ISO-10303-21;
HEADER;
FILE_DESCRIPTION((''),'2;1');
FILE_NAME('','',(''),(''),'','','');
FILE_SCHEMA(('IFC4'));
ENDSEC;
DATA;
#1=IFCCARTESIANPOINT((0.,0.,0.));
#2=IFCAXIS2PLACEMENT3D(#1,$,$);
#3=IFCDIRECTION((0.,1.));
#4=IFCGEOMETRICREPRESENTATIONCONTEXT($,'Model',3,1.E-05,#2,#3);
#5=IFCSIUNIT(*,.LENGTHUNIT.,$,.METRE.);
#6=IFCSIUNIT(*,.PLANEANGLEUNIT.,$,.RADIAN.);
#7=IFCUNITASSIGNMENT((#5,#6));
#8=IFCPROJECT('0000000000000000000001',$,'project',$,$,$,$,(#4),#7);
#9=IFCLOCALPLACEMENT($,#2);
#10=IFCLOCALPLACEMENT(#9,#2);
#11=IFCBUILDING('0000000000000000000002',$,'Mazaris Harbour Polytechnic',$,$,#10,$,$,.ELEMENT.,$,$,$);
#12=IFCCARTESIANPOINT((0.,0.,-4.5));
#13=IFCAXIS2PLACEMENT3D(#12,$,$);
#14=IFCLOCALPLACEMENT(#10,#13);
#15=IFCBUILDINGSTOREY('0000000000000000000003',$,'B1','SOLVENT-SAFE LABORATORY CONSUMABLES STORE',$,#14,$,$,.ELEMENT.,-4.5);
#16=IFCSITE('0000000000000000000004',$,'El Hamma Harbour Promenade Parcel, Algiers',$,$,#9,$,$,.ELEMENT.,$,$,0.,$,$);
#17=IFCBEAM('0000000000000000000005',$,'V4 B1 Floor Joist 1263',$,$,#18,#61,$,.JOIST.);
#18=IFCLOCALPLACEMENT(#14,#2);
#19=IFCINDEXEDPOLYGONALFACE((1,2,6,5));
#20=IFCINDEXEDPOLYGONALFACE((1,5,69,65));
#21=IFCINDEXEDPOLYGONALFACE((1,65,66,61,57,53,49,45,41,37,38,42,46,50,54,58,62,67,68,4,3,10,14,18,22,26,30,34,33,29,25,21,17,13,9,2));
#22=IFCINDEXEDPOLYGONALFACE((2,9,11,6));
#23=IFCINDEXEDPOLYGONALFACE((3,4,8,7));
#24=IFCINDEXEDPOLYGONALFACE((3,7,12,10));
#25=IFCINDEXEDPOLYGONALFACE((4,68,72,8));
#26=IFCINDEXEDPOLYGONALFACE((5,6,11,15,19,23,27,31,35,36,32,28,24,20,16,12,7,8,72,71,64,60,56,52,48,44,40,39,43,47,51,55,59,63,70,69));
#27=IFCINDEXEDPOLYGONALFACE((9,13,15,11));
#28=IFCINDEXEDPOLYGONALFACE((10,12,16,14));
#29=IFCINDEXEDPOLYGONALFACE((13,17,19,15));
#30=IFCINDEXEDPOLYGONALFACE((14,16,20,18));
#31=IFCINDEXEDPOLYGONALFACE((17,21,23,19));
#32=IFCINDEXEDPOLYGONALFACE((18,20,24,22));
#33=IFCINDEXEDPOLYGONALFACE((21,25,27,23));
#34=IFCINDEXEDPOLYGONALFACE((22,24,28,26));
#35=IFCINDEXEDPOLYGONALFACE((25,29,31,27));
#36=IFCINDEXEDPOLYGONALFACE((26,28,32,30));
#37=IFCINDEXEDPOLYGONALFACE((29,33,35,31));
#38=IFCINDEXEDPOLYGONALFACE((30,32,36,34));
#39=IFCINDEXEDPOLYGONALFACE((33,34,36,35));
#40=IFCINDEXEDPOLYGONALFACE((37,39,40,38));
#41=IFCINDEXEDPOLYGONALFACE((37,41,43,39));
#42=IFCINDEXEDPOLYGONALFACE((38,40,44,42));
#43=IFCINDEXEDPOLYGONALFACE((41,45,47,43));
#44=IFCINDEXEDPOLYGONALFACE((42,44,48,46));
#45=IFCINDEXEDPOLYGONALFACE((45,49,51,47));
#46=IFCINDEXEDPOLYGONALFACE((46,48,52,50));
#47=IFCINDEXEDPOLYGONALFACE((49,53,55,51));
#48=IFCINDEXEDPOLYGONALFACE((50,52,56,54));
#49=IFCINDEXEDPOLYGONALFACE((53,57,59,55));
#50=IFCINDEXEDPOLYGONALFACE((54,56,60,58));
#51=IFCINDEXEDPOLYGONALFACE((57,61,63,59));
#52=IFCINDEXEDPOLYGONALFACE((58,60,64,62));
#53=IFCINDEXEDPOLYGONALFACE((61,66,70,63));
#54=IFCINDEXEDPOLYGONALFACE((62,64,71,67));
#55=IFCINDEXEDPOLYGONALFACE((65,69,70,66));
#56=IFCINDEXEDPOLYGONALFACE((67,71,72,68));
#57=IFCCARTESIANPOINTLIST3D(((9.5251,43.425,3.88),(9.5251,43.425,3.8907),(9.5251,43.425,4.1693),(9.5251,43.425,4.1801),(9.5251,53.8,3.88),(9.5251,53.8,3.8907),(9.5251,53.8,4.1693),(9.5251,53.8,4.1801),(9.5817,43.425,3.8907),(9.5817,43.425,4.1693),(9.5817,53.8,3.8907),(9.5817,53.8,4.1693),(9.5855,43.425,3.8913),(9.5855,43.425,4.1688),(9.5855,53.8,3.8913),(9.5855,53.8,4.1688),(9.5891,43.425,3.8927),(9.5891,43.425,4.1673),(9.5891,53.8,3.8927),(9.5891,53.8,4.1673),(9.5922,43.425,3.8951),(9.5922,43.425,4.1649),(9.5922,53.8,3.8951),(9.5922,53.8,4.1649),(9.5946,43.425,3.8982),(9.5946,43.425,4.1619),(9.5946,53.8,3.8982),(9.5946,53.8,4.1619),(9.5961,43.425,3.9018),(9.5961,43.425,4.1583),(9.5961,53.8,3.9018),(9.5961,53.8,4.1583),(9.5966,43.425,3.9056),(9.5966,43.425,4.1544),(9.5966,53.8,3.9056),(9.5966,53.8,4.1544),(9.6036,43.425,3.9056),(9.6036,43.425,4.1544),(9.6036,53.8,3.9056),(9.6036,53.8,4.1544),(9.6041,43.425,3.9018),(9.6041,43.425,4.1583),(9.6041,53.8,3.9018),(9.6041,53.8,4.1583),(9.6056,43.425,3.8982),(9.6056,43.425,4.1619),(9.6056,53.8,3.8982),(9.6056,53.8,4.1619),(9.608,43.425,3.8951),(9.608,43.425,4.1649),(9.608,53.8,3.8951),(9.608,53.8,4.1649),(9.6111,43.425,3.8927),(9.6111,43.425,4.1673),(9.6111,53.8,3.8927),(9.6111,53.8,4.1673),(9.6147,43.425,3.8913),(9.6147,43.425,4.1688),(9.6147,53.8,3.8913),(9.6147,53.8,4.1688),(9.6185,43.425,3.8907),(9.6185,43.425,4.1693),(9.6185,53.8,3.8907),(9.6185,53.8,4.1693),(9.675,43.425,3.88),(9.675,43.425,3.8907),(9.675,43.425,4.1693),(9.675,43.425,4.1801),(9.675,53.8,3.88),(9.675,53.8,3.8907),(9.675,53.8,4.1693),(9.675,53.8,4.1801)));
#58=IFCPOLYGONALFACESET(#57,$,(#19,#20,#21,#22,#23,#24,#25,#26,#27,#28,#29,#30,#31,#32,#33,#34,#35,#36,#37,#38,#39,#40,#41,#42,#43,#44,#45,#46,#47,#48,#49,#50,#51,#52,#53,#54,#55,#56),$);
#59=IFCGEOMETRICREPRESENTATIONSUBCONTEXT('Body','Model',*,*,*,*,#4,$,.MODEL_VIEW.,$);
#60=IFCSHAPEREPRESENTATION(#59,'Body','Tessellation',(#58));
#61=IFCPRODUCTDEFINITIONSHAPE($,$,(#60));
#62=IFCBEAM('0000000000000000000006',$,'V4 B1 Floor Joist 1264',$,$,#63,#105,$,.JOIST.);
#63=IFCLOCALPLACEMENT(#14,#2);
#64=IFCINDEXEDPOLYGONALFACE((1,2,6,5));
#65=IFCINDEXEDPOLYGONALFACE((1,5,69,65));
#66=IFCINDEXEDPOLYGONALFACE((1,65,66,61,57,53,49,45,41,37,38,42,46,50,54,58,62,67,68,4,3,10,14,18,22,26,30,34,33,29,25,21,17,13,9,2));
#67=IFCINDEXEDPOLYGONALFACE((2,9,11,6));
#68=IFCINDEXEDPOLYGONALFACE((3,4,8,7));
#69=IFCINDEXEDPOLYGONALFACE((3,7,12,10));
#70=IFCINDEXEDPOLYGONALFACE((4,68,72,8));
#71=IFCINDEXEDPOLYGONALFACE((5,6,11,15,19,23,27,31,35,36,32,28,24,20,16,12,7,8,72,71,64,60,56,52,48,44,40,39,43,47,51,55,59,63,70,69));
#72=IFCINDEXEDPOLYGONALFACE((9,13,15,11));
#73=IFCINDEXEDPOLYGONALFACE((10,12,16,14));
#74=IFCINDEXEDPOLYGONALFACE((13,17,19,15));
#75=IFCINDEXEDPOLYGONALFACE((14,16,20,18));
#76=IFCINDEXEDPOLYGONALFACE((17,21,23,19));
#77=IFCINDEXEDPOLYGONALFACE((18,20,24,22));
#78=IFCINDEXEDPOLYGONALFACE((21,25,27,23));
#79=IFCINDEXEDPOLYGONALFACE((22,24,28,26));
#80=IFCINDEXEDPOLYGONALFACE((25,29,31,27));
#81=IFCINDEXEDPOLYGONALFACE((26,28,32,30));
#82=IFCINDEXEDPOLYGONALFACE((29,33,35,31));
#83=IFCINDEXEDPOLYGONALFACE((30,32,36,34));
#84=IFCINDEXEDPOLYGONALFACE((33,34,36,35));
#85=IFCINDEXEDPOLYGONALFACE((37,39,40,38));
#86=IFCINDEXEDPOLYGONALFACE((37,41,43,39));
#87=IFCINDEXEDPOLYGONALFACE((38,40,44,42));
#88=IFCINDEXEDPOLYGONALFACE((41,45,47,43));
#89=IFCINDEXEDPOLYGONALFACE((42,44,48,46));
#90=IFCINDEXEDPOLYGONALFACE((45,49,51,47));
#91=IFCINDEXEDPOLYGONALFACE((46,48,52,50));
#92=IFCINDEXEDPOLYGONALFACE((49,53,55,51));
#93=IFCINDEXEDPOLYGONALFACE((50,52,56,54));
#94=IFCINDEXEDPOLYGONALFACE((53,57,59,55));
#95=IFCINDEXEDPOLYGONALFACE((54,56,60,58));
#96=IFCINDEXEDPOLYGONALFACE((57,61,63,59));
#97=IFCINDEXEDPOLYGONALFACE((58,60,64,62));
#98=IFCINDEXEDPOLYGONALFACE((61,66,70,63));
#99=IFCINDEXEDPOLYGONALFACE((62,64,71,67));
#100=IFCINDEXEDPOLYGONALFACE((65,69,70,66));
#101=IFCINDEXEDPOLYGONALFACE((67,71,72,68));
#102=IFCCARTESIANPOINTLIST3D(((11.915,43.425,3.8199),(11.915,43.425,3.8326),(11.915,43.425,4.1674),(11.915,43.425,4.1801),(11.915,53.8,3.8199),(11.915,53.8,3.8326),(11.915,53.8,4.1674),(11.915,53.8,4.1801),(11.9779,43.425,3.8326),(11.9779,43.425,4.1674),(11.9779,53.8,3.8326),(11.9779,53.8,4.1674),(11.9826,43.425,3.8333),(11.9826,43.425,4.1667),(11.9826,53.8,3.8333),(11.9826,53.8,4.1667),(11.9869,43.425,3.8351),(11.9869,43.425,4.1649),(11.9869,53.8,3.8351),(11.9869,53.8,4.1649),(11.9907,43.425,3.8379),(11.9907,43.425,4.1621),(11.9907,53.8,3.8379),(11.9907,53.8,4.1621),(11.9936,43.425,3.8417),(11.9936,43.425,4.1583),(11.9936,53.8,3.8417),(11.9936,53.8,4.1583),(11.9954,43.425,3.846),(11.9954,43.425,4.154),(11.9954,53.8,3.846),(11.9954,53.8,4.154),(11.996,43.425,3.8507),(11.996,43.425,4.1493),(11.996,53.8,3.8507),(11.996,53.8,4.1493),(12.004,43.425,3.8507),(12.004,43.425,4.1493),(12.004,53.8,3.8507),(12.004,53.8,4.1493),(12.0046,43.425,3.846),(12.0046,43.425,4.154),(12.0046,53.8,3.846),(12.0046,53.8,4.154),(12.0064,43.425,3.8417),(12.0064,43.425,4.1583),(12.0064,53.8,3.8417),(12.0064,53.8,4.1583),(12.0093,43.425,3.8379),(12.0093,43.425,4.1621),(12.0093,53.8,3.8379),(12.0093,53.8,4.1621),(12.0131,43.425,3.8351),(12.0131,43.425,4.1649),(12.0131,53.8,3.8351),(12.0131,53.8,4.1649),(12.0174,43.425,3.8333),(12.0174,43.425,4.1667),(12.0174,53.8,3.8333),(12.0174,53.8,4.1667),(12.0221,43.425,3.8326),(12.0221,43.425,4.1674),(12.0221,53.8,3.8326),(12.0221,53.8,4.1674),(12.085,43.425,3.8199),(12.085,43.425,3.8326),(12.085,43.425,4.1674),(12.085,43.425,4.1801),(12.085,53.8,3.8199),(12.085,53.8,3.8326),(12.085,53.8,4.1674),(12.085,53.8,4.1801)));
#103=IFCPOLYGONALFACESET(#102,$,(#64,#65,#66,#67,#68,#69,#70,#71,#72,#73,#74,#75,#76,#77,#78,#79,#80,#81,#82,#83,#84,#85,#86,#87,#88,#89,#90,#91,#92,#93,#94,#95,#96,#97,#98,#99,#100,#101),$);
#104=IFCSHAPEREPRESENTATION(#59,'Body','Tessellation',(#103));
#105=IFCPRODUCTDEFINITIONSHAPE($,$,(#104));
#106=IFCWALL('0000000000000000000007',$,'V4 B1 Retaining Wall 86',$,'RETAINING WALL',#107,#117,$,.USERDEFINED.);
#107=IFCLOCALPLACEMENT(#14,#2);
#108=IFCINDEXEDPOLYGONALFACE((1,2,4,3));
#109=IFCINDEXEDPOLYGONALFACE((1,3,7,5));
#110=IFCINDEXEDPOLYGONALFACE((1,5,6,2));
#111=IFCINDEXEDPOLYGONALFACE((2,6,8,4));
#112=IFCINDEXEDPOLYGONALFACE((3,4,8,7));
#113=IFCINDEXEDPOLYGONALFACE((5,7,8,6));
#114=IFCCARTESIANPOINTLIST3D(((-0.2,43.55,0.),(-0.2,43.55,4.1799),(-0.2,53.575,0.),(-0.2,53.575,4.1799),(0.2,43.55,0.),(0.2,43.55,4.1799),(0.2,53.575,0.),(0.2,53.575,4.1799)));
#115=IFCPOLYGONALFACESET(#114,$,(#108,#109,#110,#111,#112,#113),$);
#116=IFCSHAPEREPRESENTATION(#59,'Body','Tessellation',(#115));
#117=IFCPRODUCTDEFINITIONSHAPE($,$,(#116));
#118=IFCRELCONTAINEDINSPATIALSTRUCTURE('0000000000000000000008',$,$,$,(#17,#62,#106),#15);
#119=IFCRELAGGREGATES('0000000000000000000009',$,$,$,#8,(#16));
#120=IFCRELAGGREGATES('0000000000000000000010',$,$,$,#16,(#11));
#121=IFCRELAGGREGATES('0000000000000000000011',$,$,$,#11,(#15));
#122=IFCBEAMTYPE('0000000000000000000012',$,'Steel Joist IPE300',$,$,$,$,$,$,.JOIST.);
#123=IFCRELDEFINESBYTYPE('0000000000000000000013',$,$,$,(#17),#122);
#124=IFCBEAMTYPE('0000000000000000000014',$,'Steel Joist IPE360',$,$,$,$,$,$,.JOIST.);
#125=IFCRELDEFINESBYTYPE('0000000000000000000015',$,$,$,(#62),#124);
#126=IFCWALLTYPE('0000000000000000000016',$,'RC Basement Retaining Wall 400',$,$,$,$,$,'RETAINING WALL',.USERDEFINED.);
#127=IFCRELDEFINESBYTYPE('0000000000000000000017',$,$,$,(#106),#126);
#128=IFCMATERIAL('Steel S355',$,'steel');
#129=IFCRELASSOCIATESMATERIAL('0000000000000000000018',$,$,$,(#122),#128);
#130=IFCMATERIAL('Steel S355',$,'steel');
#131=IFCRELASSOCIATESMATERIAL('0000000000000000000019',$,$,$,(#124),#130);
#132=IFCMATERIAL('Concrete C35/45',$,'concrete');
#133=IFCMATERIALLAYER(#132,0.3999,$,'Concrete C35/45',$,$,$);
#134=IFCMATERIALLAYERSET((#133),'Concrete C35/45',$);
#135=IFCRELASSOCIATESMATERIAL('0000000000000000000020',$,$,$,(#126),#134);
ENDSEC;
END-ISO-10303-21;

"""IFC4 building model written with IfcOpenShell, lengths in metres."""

from ifc_helpers import new_model, si_unit, direction, frame, frame_2d, origin, origin_2d, place, context, subcontext, project, spatial, rectangle, i_section, extrude, material, layer, layer_set, material_profile, profile_set, type_object, element, save


model = new_model("IFC4")

# Units and contexts
model_context = context("Model", 3, precision=1e-05, world=origin(), true_north=direction((0.0, 1.0)))
body_context = subcontext(model_context, "Body", "Model", "MODEL_VIEW")
ifc_project = project(units=[si_unit("LENGTHUNIT", "METRE"), si_unit("PLANEANGLEUNIT", "RADIAN")], contexts=[model_context])

# Site, building, storey
site_placement = place(None, origin())
site = spatial("IfcSite", under=ifc_project, at=site_placement, Name="El Hamma Harbour Promenade Parcel, Algiers", CompositionType="ELEMENT", RefElevation=0.0)
building_placement = place(site_placement, origin())
building = spatial("IfcBuilding", under=site, at=building_placement, Name="Mazaris Harbour Polytechnic", CompositionType="ELEMENT")
storey_placement = place(building_placement, frame((0.0, 0.0, -4.5)))
storey = spatial("IfcBuildingStorey", under=building, at=storey_placement, Name="B1", Description="SOLVENT-SAFE LABORATORY CONSUMABLES STORE", CompositionType="ELEMENT", Elevation=-4.5)

# Beams
ifc_material_1 = material(Name="Steel S355", Category="steel")
ifc_material_profile_1 = material_profile(ifc_material_1, i_section(OverallWidth=0.1499, OverallDepth=0.3, WebThickness=0.0071, FlangeThickness=0.0107, FilletRadius=0.0149, at=origin_2d()), Name="IPE 300")
ifc_profile_set_1 = profile_set([ifc_material_profile_1], Name="Steel S355")
beam_type_1 = type_object("IfcBeamType", Name="Steel Joist IPE300", PredefinedType="JOIST", material=ifc_profile_set_1)
beam_1_placement = place(storey_placement, frame((9.6001, 43.425, 4.03), z_axis=(0.0, 1.0, 0.0), x_axis=(-1.0, 0.0, 0.0)))
element("IfcBeam", 1, at=beam_1_placement, inside=storey, type_object=beam_type_1, Name="V4 B1 Floor Joist 1263", PredefinedType="JOIST", context=body_context, shape_type="SweptSolid", body=[
    extrude(i_section(OverallWidth=0.1499, OverallDepth=0.3, WebThickness=0.0071, FlangeThickness=0.0107, FilletRadius=0.0149, at=origin_2d()), origin(), (0.0, 0.0, 1.0), 10.375),
])
ifc_material_2 = material(Name="Steel S355", Category="steel")
ifc_material_profile_2 = material_profile(ifc_material_2, i_section(OverallWidth=0.1699, OverallDepth=0.3601, WebThickness=0.0081, FlangeThickness=0.0127, FilletRadius=0.0181, at=origin_2d()), Name="IPE 360")
ifc_profile_set_2 = profile_set([ifc_material_profile_2], Name="Steel S355")
beam_type_2 = type_object("IfcBeamType", Name="Steel Joist IPE360", PredefinedType="JOIST", material=ifc_profile_set_2)
beam_2_placement = place(storey_placement, frame((12.0, 43.425, 4.0), z_axis=(0.0, 1.0, 0.0), x_axis=(-1.0, 0.0, 0.0)))
element("IfcBeam", 2, at=beam_2_placement, inside=storey, type_object=beam_type_2, Name="V4 B1 Floor Joist 1264", PredefinedType="JOIST", context=body_context, shape_type="SweptSolid", body=[
    extrude(i_section(OverallWidth=0.1699, OverallDepth=0.3601, WebThickness=0.0081, FlangeThickness=0.0127, FilletRadius=0.0181, at=origin_2d()), origin(), (0.0, 0.0, 1.0), 10.375),
])

# Wall
ifc_material_3 = material(Name="Concrete C35/45", Category="concrete")
ifc_layer = layer(ifc_material_3, 0.3999, Name="Concrete C35/45")
ifc_layer_set = layer_set([ifc_layer], Name="Concrete C35/45")
wall_type = type_object("IfcWallType", Name="RC Basement Retaining Wall 400", ElementType="RETAINING WALL", PredefinedType="USERDEFINED", material=ifc_layer_set)
wall_placement = place(storey_placement, frame((0.0, 43.55, 0.0), z_axis=(0.0, 0.0, 1.0), x_axis=(0.0, 1.0, 0.0)))
element("IfcWall", 3, at=wall_placement, inside=storey, type_object=wall_type, Name="V4 B1 Retaining Wall 86", ObjectType="RETAINING WALL", PredefinedType="USERDEFINED", context=body_context, shape_type="SweptSolid", body=[
    extrude(rectangle(XDim=10.0249, YDim=0.3999, at=frame_2d((5.0125, 0.0))), origin(), (0.0, 0.0, 1.0), 4.1799),
])

save(model, "model.ifc")
